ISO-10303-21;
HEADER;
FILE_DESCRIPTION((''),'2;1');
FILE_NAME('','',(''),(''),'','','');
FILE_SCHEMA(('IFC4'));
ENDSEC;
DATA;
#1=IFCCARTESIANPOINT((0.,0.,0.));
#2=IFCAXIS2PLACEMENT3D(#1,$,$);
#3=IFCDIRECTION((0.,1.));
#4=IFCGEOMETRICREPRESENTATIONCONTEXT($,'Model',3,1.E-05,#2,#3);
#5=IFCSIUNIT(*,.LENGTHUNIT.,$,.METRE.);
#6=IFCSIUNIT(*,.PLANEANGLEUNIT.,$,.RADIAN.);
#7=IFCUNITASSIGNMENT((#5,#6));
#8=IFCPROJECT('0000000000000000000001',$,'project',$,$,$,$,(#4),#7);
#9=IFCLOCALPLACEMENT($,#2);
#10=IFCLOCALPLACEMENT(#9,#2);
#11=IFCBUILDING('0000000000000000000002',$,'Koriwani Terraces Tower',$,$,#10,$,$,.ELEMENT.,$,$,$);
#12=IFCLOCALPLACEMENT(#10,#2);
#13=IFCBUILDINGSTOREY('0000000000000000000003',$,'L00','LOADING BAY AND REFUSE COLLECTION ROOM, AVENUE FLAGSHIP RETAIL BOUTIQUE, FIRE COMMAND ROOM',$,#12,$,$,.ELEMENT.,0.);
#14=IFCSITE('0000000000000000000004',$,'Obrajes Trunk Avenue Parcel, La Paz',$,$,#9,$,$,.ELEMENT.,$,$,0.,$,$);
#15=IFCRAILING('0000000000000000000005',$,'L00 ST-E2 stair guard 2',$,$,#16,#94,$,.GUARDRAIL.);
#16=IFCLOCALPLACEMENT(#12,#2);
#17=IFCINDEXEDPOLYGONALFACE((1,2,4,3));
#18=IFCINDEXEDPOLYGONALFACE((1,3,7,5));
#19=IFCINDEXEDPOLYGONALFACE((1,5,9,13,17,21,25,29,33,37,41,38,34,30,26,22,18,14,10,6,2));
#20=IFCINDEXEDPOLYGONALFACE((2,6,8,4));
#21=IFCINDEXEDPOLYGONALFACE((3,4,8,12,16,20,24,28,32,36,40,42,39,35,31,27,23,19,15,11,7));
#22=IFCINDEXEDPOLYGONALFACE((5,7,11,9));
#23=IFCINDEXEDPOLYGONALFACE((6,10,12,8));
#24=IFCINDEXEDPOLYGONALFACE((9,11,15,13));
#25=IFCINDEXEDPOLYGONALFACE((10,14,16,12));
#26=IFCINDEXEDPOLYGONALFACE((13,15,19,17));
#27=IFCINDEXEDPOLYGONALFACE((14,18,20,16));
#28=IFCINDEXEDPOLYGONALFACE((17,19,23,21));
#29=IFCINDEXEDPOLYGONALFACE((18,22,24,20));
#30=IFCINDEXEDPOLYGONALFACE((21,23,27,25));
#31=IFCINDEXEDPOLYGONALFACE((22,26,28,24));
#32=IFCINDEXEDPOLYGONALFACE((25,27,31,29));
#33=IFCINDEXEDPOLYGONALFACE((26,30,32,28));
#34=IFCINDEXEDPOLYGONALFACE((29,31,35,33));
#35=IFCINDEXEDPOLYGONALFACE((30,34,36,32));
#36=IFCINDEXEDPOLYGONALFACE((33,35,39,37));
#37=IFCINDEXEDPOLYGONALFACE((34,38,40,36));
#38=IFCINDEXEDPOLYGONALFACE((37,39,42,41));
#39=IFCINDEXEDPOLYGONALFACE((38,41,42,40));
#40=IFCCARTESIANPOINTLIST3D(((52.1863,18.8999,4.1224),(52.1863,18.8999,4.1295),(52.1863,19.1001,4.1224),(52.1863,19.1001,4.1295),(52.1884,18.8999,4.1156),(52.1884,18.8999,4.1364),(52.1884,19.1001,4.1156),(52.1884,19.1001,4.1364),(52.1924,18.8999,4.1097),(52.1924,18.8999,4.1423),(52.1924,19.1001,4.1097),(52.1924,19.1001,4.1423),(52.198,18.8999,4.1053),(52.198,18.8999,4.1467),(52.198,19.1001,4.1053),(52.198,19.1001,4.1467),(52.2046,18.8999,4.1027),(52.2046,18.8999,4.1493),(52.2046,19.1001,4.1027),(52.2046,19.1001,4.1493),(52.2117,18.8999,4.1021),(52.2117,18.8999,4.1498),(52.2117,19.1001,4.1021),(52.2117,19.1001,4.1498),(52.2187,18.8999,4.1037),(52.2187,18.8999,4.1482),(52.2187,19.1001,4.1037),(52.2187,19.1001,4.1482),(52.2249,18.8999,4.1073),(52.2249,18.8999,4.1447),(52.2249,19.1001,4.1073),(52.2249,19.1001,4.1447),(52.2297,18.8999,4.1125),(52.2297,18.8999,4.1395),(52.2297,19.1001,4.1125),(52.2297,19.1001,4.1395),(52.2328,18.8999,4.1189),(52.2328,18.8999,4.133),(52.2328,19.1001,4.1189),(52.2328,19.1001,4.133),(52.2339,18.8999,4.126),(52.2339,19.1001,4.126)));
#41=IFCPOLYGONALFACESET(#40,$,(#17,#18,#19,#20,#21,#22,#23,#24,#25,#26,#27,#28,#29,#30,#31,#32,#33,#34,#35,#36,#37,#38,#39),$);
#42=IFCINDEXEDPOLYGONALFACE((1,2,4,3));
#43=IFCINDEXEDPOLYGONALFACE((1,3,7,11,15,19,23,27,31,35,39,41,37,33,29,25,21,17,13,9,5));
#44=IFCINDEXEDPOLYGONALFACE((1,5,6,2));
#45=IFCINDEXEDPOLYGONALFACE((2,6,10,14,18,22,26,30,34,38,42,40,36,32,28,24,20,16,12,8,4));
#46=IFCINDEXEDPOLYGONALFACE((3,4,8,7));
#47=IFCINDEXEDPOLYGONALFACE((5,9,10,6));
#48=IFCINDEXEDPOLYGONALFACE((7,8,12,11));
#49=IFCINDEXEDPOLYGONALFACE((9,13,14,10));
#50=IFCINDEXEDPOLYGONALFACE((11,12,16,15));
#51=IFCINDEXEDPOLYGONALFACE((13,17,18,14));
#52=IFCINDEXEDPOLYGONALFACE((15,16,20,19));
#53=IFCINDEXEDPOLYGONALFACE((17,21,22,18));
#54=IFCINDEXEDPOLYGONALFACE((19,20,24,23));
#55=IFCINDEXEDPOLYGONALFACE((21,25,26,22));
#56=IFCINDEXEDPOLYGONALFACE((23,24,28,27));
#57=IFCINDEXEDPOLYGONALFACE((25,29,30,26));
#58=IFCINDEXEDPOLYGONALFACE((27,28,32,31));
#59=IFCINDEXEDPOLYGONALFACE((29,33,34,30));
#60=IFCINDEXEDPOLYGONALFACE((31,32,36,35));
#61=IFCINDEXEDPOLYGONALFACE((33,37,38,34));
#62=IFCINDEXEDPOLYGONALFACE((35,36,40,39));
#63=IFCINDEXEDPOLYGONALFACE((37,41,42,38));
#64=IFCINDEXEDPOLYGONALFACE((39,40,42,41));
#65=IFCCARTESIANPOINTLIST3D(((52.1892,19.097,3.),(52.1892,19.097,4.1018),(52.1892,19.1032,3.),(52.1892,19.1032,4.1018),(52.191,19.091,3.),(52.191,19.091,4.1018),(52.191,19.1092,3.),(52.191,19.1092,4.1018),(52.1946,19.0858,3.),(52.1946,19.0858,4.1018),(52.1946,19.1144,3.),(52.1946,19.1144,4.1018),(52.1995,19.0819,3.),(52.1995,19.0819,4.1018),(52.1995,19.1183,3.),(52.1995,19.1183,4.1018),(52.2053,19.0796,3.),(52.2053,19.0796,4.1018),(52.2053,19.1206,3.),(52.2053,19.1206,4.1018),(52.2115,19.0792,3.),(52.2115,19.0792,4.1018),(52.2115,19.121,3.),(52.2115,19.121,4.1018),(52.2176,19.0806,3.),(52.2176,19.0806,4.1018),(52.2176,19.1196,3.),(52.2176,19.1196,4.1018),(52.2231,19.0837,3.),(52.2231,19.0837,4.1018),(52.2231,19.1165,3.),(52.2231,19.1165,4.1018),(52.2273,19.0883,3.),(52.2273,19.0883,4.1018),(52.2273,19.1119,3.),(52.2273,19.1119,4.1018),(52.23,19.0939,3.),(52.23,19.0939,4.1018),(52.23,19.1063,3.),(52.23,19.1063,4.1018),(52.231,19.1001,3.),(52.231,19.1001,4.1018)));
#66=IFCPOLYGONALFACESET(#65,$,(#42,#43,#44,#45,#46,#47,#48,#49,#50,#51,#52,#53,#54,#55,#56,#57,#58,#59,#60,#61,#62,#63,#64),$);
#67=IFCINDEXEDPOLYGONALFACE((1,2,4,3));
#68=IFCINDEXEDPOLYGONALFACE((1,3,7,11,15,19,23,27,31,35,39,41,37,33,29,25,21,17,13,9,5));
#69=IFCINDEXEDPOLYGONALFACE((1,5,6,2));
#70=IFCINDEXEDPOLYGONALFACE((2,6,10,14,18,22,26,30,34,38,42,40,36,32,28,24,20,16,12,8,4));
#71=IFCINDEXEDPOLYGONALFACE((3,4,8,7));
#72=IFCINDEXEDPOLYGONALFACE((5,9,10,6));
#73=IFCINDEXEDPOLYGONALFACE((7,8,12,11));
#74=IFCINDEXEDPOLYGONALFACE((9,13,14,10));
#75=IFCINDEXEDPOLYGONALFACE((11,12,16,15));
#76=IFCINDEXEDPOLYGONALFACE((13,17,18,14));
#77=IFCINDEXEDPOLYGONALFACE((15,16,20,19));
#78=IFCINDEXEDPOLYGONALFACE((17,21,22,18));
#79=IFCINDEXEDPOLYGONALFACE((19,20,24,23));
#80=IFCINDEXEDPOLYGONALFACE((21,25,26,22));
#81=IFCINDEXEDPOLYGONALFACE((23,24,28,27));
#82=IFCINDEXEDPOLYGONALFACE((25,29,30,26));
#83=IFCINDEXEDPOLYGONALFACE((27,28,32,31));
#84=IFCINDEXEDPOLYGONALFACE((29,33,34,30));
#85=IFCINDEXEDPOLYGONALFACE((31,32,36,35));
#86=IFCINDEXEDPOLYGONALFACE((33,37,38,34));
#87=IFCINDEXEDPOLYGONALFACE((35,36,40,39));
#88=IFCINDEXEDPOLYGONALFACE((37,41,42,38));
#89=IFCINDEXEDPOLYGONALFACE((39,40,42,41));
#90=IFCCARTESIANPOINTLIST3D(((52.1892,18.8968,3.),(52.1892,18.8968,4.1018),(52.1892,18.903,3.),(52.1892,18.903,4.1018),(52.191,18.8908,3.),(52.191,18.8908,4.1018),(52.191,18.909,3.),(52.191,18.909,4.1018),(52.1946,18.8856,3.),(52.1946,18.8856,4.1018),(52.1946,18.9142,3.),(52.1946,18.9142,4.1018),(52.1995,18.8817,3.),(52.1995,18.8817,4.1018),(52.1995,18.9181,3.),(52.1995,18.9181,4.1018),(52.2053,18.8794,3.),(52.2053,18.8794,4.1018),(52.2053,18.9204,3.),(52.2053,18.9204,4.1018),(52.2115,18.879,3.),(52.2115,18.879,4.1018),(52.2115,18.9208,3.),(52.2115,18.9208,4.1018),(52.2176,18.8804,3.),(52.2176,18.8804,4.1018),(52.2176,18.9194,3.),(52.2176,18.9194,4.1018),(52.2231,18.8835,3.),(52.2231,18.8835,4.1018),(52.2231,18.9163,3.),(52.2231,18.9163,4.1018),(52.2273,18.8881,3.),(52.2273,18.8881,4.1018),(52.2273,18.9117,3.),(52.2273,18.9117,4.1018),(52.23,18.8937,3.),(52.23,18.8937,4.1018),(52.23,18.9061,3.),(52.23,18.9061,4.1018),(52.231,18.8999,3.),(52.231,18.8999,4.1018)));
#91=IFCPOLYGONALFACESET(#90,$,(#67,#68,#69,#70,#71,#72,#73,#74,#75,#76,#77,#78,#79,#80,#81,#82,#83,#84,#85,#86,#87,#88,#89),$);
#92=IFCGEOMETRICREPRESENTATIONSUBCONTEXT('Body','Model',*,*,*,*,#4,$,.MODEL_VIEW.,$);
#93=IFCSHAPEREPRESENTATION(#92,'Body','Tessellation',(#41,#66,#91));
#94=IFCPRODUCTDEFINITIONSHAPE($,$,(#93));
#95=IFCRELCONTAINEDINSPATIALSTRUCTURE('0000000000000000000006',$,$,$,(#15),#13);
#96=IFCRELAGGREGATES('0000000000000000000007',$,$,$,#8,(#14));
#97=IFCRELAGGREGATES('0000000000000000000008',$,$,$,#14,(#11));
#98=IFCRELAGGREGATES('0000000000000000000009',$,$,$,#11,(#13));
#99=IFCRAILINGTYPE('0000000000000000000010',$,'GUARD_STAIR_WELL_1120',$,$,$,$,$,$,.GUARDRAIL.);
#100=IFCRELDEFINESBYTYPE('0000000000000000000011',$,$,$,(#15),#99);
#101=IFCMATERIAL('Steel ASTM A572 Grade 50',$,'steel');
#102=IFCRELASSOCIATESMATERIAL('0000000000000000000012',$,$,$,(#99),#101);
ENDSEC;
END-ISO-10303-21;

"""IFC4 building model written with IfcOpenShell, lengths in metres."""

from ifc_helpers import new_model, si_unit, direction, frame, origin, origin_2d, place, context, subcontext, project, spatial, circle, extrude, material, type_object, element, save


model = new_model("IFC4")

# Units and contexts
model_context = context("Model", 3, precision=1e-05, world=origin(), true_north=direction((0.0, 1.0)))
body_context = subcontext(model_context, "Body", "Model", "MODEL_VIEW")
ifc_project = project(units=[si_unit("LENGTHUNIT", "METRE"), si_unit("PLANEANGLEUNIT", "RADIAN")], contexts=[model_context])

# Site, building, storey
site_placement = place(None, origin())
site = spatial("IfcSite", under=ifc_project, at=site_placement, Name="Obrajes Trunk Avenue Parcel, La Paz", CompositionType="ELEMENT", RefElevation=0.0)
building_placement = place(site_placement, origin())
building = spatial("IfcBuilding", under=site, at=building_placement, Name="Koriwani Terraces Tower", CompositionType="ELEMENT")
storey_placement = place(building_placement, origin())
storey = spatial("IfcBuildingStorey", under=building, at=storey_placement, Name="L00", Description="LOADING BAY AND REFUSE COLLECTION ROOM, AVENUE FLAGSHIP RETAIL BOUTIQUE, FIRE COMMAND ROOM", CompositionType="ELEMENT", Elevation=0.0)

# Shared definitions
ifc_material_1 = material(Name="Steel ASTM A572 Grade 50", Category="steel")

# Railing
railing_type_1 = type_object("IfcRailingType", Name="GUARD_STAIR_WELL_1120", PredefinedType="GUARDRAIL", material=ifc_material_1)
railing_1_placement = place(storey_placement, frame((52.21, 19.1001, 3.0)))
element("IfcRailing", 1, at=railing_1_placement, inside=storey, type_object=railing_type_1, Name="L00 ST-E2 stair guard 2", PredefinedType="GUARDRAIL", context=body_context, shape_type="SweptSolid", body=[
    extrude(circle(Radius=0.0239, at=origin_2d()), frame((0.0, 0.0, 1.126), z_axis=(0.0, -1.0, 0.0), x_axis=(1.0, 0.0, 0.0)), (0.0, 0.0, 1.0), 0.2002),
    extrude(circle(Radius=0.021, at=origin_2d()), origin(), (0.0, 0.0, 1.0), 1.1018),
    extrude(circle(Radius=0.021, at=origin_2d()), frame((0.0, -0.2002, 0.0)), (0.0, 0.0, 1.0), 1.1018),
])

save(model, "model.ifc")
